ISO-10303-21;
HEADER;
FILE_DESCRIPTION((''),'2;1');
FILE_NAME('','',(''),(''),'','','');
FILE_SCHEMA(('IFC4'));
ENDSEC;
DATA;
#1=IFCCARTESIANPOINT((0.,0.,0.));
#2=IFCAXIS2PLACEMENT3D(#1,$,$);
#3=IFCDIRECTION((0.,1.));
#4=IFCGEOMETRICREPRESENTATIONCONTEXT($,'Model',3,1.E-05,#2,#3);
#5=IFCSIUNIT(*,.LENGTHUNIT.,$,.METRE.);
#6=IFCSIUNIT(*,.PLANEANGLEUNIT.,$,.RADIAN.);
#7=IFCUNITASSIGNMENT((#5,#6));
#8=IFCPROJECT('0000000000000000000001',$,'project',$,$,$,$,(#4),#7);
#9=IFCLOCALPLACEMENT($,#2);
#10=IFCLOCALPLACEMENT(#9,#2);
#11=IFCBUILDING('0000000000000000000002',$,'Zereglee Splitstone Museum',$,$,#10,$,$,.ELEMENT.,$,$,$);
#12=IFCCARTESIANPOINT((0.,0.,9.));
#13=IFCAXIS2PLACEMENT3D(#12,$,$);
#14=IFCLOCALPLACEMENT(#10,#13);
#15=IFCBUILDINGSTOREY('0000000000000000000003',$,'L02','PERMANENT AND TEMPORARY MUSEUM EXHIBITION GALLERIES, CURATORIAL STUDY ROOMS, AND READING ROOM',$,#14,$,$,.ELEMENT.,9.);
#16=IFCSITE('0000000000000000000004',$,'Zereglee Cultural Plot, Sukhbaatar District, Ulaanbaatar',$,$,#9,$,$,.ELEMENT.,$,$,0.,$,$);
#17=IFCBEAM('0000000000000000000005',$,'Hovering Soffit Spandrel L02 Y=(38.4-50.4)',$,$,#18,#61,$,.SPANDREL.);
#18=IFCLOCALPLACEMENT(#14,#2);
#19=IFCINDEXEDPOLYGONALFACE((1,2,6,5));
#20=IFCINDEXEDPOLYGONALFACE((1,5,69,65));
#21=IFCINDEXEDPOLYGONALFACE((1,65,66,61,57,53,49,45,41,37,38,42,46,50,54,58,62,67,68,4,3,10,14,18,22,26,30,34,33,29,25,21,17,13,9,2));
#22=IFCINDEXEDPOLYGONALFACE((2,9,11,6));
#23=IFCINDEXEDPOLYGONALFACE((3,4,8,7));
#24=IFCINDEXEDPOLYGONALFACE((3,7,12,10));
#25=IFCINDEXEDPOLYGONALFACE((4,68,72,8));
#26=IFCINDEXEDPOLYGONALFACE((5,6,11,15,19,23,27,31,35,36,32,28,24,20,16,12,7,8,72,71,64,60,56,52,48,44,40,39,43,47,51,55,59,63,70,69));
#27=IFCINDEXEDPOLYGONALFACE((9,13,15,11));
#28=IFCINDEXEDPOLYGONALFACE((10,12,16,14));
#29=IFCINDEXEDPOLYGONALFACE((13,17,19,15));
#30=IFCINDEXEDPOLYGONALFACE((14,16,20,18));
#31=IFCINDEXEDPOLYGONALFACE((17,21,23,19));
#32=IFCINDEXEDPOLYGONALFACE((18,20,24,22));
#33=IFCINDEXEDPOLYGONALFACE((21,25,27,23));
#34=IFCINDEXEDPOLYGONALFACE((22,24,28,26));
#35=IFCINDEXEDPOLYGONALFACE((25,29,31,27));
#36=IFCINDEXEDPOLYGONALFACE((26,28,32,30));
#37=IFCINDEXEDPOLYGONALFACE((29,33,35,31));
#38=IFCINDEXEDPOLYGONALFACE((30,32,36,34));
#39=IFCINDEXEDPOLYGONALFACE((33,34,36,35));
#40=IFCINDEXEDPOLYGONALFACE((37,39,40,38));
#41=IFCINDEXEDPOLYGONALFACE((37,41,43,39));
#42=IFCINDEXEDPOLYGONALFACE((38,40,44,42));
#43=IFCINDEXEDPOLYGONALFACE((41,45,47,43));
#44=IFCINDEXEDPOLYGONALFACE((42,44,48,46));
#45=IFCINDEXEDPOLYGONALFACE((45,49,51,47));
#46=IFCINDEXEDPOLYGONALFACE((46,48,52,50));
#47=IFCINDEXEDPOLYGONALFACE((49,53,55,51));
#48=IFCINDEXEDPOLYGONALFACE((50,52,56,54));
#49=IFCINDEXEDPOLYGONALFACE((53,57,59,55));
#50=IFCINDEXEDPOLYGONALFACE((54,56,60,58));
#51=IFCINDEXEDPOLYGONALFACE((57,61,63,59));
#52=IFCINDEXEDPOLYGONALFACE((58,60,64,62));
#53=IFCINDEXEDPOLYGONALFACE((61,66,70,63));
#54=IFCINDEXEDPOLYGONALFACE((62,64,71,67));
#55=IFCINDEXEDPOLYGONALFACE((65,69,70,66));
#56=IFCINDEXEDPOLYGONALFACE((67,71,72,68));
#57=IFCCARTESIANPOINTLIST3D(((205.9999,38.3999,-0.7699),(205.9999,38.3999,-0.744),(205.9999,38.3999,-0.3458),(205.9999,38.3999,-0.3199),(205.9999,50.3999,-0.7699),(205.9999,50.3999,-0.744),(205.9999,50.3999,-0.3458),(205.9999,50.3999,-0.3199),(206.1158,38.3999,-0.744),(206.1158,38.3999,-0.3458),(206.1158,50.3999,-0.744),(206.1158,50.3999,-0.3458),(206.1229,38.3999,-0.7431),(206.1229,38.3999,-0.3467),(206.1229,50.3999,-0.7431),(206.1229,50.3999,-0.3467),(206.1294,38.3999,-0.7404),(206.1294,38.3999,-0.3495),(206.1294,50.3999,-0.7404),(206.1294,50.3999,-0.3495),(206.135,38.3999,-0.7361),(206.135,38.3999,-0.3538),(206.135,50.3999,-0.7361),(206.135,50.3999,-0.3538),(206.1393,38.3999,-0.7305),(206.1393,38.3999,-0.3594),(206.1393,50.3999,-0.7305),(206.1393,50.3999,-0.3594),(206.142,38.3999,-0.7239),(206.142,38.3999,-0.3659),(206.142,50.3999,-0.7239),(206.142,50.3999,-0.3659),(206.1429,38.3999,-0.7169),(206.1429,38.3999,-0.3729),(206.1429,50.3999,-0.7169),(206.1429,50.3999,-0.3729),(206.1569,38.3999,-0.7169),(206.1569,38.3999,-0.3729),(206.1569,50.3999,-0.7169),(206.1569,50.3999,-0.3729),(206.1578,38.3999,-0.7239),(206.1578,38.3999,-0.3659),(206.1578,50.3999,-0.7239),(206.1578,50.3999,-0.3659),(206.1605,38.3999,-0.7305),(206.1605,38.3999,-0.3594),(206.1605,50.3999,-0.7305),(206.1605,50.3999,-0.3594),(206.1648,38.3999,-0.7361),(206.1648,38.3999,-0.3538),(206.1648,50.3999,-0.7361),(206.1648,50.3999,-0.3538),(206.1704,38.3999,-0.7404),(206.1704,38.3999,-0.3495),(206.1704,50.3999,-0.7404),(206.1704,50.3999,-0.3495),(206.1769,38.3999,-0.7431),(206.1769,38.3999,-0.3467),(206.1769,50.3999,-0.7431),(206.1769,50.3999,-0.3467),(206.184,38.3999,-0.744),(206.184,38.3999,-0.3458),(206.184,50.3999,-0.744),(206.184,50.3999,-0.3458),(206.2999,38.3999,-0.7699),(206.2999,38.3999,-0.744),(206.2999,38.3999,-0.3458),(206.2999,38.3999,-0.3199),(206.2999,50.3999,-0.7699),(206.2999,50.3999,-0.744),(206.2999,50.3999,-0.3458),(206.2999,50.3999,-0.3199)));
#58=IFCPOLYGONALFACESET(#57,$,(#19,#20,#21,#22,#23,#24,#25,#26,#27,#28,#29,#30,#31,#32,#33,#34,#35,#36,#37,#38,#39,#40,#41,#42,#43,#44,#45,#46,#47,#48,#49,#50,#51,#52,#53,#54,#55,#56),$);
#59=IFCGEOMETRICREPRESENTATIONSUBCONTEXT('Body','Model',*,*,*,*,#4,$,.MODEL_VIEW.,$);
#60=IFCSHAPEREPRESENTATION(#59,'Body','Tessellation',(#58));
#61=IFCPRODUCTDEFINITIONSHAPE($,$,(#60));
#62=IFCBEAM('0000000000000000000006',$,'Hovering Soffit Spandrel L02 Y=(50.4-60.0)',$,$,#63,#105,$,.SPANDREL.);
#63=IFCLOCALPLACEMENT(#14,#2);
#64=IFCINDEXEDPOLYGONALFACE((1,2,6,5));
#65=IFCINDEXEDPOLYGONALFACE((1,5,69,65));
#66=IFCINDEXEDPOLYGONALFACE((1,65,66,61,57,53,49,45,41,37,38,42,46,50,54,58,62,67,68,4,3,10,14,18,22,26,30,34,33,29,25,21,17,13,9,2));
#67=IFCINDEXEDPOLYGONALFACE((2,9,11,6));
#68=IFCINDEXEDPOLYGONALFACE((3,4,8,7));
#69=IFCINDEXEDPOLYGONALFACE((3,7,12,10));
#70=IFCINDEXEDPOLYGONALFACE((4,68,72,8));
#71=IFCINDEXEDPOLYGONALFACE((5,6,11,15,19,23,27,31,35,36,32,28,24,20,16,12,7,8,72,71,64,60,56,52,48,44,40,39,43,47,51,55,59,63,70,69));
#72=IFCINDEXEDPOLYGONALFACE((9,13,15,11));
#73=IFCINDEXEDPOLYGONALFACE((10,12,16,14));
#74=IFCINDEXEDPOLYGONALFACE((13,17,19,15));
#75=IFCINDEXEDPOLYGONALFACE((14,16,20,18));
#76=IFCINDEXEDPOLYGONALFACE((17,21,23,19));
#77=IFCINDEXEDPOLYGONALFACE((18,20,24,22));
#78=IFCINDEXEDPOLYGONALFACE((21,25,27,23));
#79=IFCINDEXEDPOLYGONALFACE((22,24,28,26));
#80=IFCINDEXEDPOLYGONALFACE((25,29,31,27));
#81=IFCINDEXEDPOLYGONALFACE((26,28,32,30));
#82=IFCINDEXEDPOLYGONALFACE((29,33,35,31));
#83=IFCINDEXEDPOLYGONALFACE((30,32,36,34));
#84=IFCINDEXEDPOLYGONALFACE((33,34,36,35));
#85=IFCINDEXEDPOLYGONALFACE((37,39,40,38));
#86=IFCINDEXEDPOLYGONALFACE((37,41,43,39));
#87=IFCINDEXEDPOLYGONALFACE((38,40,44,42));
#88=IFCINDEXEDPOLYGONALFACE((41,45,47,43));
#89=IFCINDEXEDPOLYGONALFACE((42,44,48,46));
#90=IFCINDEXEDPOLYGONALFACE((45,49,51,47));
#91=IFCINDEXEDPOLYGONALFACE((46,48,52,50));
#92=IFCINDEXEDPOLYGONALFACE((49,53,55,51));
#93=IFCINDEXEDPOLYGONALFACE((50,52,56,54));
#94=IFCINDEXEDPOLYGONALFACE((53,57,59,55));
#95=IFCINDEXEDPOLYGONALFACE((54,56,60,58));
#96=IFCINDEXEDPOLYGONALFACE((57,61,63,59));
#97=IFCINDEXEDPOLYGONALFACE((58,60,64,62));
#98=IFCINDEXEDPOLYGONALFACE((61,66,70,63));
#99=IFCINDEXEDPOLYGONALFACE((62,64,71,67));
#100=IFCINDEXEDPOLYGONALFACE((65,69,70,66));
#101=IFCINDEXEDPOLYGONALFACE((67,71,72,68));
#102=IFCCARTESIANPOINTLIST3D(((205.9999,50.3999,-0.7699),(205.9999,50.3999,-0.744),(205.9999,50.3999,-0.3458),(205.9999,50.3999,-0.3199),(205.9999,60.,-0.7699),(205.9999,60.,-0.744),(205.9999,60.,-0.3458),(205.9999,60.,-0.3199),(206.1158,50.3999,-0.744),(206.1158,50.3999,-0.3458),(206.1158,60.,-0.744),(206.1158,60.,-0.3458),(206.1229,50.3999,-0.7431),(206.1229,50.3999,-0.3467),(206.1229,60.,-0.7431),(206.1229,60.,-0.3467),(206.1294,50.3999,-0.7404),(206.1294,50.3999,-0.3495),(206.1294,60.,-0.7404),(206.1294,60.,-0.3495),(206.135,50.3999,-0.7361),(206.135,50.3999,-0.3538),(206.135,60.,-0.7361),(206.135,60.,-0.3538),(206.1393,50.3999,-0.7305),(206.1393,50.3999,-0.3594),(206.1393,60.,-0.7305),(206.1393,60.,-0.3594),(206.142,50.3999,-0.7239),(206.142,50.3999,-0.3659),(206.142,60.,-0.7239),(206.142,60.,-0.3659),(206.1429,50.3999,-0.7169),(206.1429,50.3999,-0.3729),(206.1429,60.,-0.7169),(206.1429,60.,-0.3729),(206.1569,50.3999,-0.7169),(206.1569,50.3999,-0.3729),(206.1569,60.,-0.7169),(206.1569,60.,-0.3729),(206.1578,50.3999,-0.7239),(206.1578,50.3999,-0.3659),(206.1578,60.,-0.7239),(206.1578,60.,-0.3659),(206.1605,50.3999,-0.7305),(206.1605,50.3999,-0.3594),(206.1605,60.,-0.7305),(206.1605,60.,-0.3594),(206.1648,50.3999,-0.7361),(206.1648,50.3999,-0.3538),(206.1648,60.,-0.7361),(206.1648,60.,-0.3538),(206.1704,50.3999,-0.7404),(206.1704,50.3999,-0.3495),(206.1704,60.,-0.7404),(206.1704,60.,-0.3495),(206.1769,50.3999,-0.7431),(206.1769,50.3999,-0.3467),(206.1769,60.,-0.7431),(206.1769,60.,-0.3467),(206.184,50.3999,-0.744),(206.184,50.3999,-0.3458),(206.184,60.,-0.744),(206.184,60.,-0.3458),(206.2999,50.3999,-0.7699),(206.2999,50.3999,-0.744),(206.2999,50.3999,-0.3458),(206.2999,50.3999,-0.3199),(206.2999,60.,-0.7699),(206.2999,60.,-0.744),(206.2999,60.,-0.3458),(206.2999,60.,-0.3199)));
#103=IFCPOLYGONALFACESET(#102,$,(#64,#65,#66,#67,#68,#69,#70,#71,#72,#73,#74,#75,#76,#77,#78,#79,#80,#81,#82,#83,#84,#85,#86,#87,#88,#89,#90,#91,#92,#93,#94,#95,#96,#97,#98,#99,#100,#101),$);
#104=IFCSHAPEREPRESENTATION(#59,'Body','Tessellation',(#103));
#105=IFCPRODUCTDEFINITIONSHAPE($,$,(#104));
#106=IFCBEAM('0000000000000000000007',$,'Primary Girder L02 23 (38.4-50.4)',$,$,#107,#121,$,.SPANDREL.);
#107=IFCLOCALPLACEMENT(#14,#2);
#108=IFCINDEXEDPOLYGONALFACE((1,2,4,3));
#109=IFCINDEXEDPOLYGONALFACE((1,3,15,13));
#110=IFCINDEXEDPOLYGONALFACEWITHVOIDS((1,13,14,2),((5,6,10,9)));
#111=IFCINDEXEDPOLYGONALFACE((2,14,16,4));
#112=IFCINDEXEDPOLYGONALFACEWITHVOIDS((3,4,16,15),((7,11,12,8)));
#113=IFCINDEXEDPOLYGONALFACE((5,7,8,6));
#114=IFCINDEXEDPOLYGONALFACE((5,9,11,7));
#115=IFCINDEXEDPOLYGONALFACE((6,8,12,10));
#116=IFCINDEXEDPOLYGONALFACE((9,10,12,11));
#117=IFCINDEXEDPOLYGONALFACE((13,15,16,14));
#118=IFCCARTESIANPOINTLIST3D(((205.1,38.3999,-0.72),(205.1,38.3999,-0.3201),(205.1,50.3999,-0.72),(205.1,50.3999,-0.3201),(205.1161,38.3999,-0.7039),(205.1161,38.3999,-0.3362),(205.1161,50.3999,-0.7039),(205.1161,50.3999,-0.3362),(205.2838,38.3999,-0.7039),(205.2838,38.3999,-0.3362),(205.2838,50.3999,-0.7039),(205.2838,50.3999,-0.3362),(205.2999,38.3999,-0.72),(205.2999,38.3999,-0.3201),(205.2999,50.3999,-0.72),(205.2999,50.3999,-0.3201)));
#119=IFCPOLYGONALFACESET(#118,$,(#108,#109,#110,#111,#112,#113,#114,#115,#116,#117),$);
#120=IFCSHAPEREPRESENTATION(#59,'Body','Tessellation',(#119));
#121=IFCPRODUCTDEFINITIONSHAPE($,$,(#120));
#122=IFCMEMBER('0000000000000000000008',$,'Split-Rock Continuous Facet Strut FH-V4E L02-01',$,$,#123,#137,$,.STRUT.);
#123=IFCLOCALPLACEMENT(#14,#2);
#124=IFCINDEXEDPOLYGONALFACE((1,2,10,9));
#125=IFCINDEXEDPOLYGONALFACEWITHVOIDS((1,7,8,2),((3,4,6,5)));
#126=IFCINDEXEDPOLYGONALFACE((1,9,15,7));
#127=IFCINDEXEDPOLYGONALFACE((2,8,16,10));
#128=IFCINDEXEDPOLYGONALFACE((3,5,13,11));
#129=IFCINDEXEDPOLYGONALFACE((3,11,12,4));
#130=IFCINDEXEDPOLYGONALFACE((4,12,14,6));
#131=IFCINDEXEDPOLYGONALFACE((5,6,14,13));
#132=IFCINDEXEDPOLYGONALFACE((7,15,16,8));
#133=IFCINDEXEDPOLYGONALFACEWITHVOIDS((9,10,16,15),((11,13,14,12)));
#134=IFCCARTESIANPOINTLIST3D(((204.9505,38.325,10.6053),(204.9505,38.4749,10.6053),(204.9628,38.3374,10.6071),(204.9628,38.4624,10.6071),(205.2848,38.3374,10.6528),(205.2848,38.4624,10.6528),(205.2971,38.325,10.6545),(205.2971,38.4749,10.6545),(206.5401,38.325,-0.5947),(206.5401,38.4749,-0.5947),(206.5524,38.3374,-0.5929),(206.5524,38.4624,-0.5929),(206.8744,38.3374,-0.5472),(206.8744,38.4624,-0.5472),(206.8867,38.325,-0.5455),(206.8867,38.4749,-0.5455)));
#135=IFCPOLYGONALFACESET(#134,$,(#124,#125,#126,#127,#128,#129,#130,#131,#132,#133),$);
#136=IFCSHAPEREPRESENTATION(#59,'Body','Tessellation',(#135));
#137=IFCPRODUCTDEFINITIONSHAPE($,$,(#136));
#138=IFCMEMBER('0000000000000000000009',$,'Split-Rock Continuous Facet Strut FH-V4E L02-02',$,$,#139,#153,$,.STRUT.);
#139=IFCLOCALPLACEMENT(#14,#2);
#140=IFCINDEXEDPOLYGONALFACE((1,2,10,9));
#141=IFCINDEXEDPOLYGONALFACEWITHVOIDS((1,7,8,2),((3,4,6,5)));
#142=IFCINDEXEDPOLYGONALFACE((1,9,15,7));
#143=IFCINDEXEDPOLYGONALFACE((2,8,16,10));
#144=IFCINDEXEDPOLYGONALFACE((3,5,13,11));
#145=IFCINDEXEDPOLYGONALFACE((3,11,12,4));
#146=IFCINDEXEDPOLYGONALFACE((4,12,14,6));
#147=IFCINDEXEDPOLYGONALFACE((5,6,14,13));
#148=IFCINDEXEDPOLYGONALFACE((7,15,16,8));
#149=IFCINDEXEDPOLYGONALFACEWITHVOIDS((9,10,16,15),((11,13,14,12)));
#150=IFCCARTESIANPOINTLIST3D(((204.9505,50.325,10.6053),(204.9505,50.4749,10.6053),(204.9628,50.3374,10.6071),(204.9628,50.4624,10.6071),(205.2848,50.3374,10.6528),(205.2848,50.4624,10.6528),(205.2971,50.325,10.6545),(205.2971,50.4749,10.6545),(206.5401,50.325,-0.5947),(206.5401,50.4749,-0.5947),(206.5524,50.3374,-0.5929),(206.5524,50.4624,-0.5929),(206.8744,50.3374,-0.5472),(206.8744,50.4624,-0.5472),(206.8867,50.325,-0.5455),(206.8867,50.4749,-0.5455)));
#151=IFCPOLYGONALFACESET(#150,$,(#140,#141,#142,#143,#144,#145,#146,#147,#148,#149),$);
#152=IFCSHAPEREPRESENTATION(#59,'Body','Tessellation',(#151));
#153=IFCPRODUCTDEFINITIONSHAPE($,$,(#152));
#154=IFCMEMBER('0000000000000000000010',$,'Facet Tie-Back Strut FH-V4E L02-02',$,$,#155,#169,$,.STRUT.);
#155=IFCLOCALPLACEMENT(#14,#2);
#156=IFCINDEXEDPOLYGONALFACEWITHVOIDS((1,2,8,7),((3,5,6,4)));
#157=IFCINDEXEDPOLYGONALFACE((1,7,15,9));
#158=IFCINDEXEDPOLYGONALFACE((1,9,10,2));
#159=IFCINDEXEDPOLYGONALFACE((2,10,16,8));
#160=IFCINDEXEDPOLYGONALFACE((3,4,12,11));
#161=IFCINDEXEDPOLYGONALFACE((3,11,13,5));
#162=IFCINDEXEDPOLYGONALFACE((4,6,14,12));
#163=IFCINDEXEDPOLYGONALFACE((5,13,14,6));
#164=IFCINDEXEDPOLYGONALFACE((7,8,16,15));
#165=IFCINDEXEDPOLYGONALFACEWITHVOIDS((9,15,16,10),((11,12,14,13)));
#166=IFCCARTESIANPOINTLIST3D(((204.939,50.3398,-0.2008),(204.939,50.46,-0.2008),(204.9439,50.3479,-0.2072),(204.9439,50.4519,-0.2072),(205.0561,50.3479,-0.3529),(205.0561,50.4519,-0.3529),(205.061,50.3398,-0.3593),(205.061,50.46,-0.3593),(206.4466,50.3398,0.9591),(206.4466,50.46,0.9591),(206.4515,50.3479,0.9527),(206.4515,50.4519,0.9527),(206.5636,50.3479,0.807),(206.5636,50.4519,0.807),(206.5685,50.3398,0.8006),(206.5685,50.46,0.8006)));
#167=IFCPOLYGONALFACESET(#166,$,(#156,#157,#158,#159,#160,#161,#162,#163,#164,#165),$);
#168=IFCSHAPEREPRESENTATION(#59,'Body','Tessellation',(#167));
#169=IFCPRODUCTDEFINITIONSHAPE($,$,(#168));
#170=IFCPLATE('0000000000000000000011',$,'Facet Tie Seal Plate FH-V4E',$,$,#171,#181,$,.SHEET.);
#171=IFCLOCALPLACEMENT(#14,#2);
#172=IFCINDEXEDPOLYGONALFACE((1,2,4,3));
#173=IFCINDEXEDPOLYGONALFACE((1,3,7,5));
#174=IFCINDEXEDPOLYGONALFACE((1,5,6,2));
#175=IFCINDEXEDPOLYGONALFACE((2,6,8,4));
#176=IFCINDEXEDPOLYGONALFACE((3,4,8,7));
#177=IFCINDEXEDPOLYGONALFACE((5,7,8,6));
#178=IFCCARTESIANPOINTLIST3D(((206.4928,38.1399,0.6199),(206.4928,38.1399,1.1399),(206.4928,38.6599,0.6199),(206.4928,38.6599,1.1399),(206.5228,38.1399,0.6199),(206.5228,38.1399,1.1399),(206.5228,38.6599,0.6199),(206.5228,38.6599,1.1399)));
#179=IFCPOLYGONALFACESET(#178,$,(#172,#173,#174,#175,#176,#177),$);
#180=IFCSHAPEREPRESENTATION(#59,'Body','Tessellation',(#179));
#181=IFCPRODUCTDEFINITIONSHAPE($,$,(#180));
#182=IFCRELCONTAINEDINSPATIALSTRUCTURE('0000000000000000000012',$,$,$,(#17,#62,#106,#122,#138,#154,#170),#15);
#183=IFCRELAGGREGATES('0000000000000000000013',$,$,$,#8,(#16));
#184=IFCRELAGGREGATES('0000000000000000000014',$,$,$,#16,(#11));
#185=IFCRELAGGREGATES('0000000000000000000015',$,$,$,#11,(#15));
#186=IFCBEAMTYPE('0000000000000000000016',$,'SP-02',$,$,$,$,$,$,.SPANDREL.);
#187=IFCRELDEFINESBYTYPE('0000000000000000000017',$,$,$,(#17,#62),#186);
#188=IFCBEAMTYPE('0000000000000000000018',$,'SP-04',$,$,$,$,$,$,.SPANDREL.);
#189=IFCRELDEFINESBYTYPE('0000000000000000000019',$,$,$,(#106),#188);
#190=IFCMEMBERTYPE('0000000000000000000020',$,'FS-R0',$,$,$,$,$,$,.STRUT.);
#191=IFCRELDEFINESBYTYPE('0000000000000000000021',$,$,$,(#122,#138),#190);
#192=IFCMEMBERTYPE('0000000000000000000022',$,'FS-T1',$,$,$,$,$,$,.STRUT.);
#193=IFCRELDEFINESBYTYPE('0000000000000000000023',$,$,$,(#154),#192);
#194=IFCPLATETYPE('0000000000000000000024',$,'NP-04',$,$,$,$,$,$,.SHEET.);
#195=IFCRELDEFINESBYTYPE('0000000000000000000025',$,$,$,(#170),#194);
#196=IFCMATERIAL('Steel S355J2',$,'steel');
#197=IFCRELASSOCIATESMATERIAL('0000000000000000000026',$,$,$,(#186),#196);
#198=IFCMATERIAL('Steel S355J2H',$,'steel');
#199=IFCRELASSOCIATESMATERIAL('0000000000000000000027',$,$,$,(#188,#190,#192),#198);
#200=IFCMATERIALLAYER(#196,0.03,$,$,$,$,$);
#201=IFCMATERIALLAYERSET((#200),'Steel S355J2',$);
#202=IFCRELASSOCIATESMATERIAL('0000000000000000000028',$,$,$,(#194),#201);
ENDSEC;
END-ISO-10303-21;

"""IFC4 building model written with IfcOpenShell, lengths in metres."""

from ifc_helpers import new_model, si_unit, direction, frame, origin, origin_2d, place, context, subcontext, project, spatial, rectangle, hollow_rectangle, i_section, extrude, material, layer, layer_set, material_profile, profile_set, type_object, element, save


model = new_model("IFC4")

# Units and contexts
model_context = context("Model", 3, precision=1e-05, world=origin(), true_north=direction((0.0, 1.0)))
body_context = subcontext(model_context, "Body", "Model", "MODEL_VIEW")
ifc_project = project(units=[si_unit("LENGTHUNIT", "METRE"), si_unit("PLANEANGLEUNIT", "RADIAN")], contexts=[model_context])

# Site, building, storey
site_placement = place(None, origin())
site = spatial("IfcSite", under=ifc_project, at=site_placement, Name="Zereglee Cultural Plot, Sukhbaatar District, Ulaanbaatar", CompositionType="ELEMENT", RefElevation=0.0)
building_placement = place(site_placement, origin())
building = spatial("IfcBuilding", under=site, at=building_placement, Name="Zereglee Splitstone Museum", CompositionType="ELEMENT")
storey_placement = place(building_placement, frame((0.0, 0.0, 9.0)))
storey = spatial("IfcBuildingStorey", under=building, at=storey_placement, Name="L02", Description="PERMANENT AND TEMPORARY MUSEUM EXHIBITION GALLERIES, CURATORIAL STUDY ROOMS, AND READING ROOM", CompositionType="ELEMENT", Elevation=9.0)

# Shared definitions
ifc_material_1 = material(Name="Steel S355J2H", Category="steel")
ifc_material_2 = material(Name="Steel S355J2", Category="steel")

# Beams
ifc_material_profile_1 = material_profile(ifc_material_2, i_section(OverallWidth=0.3, OverallDepth=0.45, WebThickness=0.0139, FlangeThickness=0.0259, FilletRadius=0.0271, at=origin_2d()), Name="HE 450 B")
ifc_profile_set_1 = profile_set([ifc_material_profile_1], Name="Steel S355J2")
beam_type_1 = type_object("IfcBeamType", Name="SP-02", PredefinedType="SPANDREL", material=ifc_profile_set_1)
beam_1_placement = place(storey_placement, frame((206.1499, 38.3999, -0.5449), z_axis=(0.0, 1.0, 0.0), x_axis=(-1.0, 0.0, 0.0)))
element("IfcBeam", 1, at=beam_1_placement, inside=storey, type_object=beam_type_1, Name="Hovering Soffit Spandrel L02 Y=(38.4-50.4)", PredefinedType="SPANDREL", context=body_context, shape_type="SweptSolid", body=[
    extrude(i_section(OverallWidth=0.3, OverallDepth=0.45, WebThickness=0.0139, FlangeThickness=0.0259, FilletRadius=0.0271, at=origin_2d()), origin(), (0.0, 0.0, 1.0), 12.0),
])
beam_2_placement = place(storey_placement, frame((206.1499, 50.3999, -0.5449), z_axis=(0.0, 1.0, 0.0), x_axis=(-1.0, 0.0, 0.0)))
element("IfcBeam", 2, at=beam_2_placement, inside=storey, type_object=beam_type_1, Name="Hovering Soffit Spandrel L02 Y=(50.4-60.0)", PredefinedType="SPANDREL", context=body_context, shape_type="SweptSolid", body=[
    extrude(i_section(OverallWidth=0.3, OverallDepth=0.45, WebThickness=0.0139, FlangeThickness=0.0259, FilletRadius=0.0271, at=origin_2d()), origin(), (0.0, 0.0, 1.0), 9.6001),
])
ifc_material_profile_2 = material_profile(ifc_material_1, hollow_rectangle(XDim=0.2, YDim=0.3999, WallThickness=0.0161, at=origin_2d()), Name="RHS 400x200x16")
ifc_profile_set_2 = profile_set([ifc_material_profile_2], Name="Steel S355J2H")
beam_type_2 = type_object("IfcBeamType", Name="SP-04", PredefinedType="SPANDREL", material=ifc_profile_set_2)
beam_3_placement = place(storey_placement, frame((205.2, 38.3999, -0.52), z_axis=(0.0, 1.0, 0.0), x_axis=(-1.0, 0.0, 0.0)))
element("IfcBeam", 3, at=beam_3_placement, inside=storey, type_object=beam_type_2, Name="Primary Girder L02 23 (38.4-50.4)", PredefinedType="SPANDREL", context=body_context, shape_type="SweptSolid", body=[
    extrude(hollow_rectangle(XDim=0.2, YDim=0.3999, WallThickness=0.0161, at=origin_2d()), origin(), (0.0, 0.0, 1.0), 12.0),
])

# Members
ifc_material_profile_3 = material_profile(ifc_material_1, hollow_rectangle(XDim=0.1499, YDim=0.3501, WallThickness=0.0125, at=origin_2d()), Name="RHS 350x150x12.5")
ifc_profile_set_3 = profile_set([ifc_material_profile_3], Name="Steel S355J2H")
member_type_1 = type_object("IfcMemberType", Name="FS-R0", PredefinedType="STRUT", material=ifc_profile_set_3)
for number, where, z_axis, x_axis, name in (
    (4, (206.7134, 38.3999, -0.5701), (-0.140521, 0.0, 0.990078), (0.0, -1.0, 0.0), "Split-Rock Continuous Facet Strut FH-V4E L02-01"),
    (5, (206.7134, 50.3999, -0.5701), (-0.140521, 0.0, 0.990078), (0.0, -1.0, 0.0), "Split-Rock Continuous Facet Strut FH-V4E L02-02"),
):
    element("IfcMember", number, at=place(storey_placement, frame(where, z_axis=z_axis, x_axis=x_axis)), inside=storey, type_object=member_type_1, Name=name, PredefinedType="STRUT", context=body_context, shape_type="SweptSolid", body=[
        extrude(hollow_rectangle(XDim=0.1499, YDim=0.3501, WallThickness=0.0125, at=origin_2d()), origin(), (0.0, 0.0, 1.0), 11.3123),
    ])
ifc_material_profile_4 = material_profile(ifc_material_1, hollow_rectangle(XDim=0.1201, YDim=0.2, WallThickness=0.0081, at=origin_2d()), Name="RHS 200x120x8")
ifc_profile_set_4 = profile_set([ifc_material_profile_4], Name="Steel S355J2H")
member_type_2 = type_object("IfcMemberType", Name="FS-T1", PredefinedType="STRUT", material=ifc_profile_set_4)
member_placement = place(storey_placement, frame((205.0, 50.3999, -0.28), z_axis=(0.792562, 0.0, 0.609791), x_axis=(0.0, 1.0, 0.0)))
element("IfcMember", 6, at=member_placement, inside=storey, type_object=member_type_2, Name="Facet Tie-Back Strut FH-V4E L02-02", PredefinedType="STRUT", context=body_context, shape_type="SweptSolid", body=[
    extrude(hollow_rectangle(XDim=0.1201, YDim=0.2, WallThickness=0.0081, at=origin_2d()), origin(), (0.0, 0.0, 1.0), 1.9021),
])

# Plate
ifc_layer_1 = layer(ifc_material_2, 0.03)
ifc_layer_set_1 = layer_set([ifc_layer_1], Name="Steel S355J2")
plate_type_1 = type_object("IfcPlateType", Name="NP-04", PredefinedType="SHEET", material=ifc_layer_set_1)
plate_1_placement = place(storey_placement, frame((206.5078, 38.3999, 0.6199), z_axis=(0.0, 0.0, 1.0), x_axis=(1.0, 0.0, 0.0)))
element("IfcPlate", 7, at=plate_1_placement, inside=storey, type_object=plate_type_1, Name="Facet Tie Seal Plate FH-V4E", PredefinedType="SHEET", context=body_context, shape_type="SweptSolid", body=[
    extrude(rectangle(XDim=0.03, YDim=0.52, at=origin_2d()), origin(), (0.0, 0.0, 1.0), 0.52),
])

save(model, "model.ifc")
